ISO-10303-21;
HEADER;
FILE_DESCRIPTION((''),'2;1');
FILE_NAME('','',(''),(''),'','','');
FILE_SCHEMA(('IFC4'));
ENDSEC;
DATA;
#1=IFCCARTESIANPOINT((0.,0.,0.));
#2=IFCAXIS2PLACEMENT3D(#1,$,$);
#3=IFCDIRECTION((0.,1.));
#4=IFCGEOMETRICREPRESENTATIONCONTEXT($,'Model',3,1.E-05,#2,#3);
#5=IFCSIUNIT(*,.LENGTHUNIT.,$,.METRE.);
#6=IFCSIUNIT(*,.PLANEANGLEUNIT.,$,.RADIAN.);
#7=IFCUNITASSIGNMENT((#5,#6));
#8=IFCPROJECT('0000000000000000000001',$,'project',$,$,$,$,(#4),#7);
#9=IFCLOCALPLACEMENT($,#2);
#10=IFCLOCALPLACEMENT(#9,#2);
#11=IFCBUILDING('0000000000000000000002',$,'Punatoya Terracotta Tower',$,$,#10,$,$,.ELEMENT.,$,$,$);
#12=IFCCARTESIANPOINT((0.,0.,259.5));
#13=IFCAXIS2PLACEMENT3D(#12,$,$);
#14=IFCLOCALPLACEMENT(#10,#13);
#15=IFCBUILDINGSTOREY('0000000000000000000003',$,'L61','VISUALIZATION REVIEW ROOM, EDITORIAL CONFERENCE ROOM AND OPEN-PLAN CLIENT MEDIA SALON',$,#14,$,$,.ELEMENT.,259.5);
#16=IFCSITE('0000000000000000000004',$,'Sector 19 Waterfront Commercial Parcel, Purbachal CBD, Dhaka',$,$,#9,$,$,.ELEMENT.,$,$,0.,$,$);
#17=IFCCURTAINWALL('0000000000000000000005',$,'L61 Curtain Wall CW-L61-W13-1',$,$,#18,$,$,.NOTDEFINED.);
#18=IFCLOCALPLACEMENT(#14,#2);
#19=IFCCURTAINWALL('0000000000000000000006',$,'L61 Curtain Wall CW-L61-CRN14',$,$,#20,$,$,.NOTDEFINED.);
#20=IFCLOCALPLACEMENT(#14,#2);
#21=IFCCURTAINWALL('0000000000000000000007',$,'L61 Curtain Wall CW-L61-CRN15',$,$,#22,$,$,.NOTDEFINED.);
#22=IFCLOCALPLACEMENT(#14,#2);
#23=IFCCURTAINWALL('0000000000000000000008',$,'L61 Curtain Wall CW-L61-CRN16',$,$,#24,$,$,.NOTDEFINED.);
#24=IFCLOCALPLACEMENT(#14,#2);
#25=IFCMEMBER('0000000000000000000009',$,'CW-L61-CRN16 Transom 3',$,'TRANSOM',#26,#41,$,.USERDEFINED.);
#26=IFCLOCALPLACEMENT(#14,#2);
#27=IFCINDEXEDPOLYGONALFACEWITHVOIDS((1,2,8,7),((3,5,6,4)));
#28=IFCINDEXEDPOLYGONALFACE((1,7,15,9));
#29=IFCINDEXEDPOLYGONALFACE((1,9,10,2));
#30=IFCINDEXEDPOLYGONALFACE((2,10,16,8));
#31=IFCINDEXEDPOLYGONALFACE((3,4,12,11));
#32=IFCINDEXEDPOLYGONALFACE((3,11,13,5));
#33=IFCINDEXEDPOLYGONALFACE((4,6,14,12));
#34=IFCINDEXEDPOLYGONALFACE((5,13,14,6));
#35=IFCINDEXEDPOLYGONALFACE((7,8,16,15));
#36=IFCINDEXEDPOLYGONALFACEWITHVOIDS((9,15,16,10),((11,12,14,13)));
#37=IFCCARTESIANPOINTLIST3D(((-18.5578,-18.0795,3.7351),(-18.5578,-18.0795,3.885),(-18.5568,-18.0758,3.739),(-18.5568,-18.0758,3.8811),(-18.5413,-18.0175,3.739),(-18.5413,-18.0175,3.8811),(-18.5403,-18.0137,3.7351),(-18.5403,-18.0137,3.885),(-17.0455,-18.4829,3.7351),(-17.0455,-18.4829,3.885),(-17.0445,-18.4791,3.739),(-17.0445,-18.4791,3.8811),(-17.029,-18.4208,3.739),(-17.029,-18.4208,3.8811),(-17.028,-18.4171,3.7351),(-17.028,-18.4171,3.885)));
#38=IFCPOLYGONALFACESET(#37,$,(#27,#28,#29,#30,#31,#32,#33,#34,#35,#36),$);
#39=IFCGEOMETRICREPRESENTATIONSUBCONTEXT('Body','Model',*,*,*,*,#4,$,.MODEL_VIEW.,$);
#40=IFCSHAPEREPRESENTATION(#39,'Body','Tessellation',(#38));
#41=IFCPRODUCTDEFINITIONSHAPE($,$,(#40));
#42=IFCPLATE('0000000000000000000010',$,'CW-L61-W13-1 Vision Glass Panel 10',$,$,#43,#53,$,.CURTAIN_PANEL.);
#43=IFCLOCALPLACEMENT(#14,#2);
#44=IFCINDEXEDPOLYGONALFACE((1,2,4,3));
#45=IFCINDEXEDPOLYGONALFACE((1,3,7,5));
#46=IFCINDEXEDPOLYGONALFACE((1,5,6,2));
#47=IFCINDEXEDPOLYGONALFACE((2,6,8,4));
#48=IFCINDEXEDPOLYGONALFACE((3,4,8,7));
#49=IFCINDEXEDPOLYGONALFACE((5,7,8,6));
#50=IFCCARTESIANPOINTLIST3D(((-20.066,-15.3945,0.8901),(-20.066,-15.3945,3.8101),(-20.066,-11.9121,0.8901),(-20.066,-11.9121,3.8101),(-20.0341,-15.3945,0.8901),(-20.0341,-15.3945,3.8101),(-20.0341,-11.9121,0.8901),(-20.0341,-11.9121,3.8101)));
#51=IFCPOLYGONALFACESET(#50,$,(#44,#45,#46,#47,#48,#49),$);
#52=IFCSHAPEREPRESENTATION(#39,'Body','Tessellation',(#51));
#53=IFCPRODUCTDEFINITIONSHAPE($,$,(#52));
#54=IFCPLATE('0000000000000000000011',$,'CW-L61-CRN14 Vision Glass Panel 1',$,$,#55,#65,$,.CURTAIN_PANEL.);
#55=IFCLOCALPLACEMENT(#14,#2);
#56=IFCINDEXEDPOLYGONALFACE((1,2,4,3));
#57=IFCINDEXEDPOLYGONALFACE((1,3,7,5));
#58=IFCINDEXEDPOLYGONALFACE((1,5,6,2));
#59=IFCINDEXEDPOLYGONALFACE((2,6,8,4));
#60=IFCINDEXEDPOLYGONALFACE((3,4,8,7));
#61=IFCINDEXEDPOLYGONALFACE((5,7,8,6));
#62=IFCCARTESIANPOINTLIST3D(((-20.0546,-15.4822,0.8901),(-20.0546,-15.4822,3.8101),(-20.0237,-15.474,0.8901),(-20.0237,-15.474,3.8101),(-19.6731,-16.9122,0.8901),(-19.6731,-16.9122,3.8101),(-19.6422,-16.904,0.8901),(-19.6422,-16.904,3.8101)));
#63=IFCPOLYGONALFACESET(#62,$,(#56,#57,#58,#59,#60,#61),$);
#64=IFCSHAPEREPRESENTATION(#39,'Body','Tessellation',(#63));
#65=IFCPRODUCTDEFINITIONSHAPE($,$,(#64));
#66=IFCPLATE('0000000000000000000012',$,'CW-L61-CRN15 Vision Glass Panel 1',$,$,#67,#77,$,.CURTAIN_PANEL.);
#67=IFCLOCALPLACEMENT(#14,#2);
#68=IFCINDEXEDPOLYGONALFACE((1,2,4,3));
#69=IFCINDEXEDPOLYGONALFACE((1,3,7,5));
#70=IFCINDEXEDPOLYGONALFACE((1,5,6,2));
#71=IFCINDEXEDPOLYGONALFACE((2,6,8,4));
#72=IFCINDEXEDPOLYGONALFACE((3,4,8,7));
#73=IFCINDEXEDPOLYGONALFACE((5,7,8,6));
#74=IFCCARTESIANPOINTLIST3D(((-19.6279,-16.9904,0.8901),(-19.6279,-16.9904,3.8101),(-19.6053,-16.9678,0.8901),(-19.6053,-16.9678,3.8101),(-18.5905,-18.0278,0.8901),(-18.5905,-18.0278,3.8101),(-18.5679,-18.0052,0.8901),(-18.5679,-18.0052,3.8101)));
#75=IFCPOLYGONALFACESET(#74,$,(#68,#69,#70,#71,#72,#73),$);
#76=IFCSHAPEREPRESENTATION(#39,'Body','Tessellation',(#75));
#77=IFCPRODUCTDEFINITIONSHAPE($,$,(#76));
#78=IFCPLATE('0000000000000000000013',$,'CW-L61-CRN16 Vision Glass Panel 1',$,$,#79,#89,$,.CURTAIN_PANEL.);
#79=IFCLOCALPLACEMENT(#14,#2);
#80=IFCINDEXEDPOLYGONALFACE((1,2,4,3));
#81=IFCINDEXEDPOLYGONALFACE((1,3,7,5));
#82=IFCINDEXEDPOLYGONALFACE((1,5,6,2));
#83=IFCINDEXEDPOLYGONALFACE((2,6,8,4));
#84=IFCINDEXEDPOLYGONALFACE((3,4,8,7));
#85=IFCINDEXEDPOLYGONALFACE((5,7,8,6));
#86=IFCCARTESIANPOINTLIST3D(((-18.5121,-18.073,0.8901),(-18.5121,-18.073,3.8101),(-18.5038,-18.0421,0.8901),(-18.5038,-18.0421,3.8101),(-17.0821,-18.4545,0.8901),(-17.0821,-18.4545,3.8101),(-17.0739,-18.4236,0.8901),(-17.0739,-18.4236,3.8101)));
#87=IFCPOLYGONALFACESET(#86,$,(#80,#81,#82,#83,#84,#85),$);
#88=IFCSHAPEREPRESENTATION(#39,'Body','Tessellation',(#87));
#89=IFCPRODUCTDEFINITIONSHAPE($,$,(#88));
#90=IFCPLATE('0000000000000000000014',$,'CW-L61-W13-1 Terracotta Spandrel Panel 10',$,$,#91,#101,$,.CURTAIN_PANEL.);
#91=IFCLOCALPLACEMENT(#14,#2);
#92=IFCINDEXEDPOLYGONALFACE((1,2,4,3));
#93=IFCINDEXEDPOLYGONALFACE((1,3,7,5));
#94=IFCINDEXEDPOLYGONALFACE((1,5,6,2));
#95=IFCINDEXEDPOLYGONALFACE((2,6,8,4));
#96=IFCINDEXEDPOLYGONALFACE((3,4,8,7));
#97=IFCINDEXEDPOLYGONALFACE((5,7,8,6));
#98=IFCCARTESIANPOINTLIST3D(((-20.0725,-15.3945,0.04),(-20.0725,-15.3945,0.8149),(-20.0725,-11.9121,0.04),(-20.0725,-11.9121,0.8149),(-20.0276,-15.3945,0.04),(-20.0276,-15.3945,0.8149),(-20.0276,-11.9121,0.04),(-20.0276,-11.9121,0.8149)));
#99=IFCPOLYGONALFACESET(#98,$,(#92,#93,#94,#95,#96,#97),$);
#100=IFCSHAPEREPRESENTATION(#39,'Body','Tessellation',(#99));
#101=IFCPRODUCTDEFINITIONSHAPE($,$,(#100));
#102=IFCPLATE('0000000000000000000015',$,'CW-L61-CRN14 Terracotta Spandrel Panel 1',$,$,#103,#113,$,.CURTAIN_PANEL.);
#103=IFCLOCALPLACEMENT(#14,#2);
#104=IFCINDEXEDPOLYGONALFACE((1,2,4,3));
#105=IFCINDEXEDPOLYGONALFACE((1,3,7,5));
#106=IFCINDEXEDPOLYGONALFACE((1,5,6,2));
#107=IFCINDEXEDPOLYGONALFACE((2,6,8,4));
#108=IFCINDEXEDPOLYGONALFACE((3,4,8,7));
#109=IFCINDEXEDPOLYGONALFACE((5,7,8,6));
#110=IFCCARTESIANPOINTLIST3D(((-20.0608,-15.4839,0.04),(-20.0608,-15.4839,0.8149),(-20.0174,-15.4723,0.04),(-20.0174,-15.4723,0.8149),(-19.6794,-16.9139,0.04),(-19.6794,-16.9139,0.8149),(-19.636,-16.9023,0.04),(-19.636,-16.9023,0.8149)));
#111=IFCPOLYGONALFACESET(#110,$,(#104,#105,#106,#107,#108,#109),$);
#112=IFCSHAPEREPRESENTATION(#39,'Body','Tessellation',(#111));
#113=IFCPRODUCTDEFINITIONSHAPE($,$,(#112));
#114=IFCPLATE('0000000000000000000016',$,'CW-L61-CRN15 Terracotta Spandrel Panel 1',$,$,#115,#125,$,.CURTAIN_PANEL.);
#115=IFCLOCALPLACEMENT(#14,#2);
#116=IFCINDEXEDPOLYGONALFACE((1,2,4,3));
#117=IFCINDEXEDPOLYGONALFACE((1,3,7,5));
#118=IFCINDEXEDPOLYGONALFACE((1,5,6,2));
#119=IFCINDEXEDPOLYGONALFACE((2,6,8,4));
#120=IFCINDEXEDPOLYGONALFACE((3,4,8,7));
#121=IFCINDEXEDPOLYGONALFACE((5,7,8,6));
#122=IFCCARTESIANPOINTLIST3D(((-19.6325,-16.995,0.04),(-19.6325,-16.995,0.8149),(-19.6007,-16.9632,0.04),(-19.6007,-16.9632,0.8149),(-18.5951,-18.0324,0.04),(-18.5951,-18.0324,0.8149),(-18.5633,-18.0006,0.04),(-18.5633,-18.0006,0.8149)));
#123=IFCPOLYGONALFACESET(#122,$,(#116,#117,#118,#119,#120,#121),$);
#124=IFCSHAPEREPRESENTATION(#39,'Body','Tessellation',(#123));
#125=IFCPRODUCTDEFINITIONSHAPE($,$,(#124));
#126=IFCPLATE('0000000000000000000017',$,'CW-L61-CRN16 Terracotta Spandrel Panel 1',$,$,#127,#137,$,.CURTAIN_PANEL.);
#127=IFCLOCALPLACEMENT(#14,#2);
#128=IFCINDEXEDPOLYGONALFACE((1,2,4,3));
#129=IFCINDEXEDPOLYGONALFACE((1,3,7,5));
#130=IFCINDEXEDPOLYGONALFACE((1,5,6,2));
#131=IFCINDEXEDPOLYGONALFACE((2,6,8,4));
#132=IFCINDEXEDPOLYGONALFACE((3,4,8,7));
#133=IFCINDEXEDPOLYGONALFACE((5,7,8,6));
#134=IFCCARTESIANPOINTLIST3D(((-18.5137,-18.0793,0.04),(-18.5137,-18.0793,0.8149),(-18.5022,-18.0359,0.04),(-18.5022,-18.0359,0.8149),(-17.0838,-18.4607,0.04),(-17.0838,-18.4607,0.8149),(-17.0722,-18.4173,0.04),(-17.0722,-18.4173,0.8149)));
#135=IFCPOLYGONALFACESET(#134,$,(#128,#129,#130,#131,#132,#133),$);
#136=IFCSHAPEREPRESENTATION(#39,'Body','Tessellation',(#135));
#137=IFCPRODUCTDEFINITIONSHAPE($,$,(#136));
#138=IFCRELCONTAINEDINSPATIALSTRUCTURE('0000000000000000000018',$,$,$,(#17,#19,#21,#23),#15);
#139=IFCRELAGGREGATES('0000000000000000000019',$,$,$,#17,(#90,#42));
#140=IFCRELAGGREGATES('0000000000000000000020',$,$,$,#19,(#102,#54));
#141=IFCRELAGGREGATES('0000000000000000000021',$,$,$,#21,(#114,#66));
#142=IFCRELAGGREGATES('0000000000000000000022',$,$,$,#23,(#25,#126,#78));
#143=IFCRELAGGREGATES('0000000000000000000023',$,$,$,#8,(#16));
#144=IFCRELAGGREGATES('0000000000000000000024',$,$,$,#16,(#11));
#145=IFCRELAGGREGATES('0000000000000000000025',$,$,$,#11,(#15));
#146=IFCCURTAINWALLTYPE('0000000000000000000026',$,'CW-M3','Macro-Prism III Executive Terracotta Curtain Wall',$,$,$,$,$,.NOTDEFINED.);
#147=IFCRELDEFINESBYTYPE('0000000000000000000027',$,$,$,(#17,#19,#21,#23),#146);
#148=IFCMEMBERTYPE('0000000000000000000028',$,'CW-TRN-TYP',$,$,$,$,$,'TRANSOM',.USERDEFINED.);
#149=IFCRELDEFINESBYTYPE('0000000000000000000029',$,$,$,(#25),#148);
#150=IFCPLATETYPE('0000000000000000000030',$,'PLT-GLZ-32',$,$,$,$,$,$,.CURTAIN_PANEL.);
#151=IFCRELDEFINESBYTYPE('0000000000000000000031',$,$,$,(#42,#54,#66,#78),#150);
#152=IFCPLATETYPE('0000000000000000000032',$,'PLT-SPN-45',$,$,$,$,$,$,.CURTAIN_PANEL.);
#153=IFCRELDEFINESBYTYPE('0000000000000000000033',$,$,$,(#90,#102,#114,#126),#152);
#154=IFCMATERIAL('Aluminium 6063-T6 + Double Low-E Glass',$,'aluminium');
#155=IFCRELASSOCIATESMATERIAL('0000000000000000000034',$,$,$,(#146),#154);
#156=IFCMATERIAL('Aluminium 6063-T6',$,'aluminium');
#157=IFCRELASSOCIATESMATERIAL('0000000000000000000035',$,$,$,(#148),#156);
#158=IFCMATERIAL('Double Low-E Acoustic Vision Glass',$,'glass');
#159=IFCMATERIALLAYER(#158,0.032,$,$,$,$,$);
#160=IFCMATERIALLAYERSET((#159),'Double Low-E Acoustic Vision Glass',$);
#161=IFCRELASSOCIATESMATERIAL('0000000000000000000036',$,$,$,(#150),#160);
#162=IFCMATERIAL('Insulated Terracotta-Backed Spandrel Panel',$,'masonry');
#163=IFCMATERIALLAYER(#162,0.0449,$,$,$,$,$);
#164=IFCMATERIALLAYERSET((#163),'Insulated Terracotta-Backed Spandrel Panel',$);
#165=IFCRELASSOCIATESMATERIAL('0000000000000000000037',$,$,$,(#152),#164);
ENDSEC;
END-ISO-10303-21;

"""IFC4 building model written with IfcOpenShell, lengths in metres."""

from ifc_helpers import new_model, si_unit, direction, frame, origin, origin_2d, place, context, subcontext, project, spatial, rectangle, hollow_rectangle, extrude, material, layer, layer_set, material_profile, profile_set, type_object, element, aggregate, save


model = new_model("IFC4")

# Units and contexts
model_context = context("Model", 3, precision=1e-05, world=origin(), true_north=direction((0.0, 1.0)))
body_context = subcontext(model_context, "Body", "Model", "MODEL_VIEW")
ifc_project = project(units=[si_unit("LENGTHUNIT", "METRE"), si_unit("PLANEANGLEUNIT", "RADIAN")], contexts=[model_context])

# Site, building, storey
site_placement = place(None, origin())
site = spatial("IfcSite", under=ifc_project, at=site_placement, Name="Sector 19 Waterfront Commercial Parcel, Purbachal CBD, Dhaka", CompositionType="ELEMENT", RefElevation=0.0)
building_placement = place(site_placement, origin())
building = spatial("IfcBuilding", under=site, at=building_placement, Name="Punatoya Terracotta Tower", CompositionType="ELEMENT")
storey_placement = place(building_placement, frame((0.0, 0.0, 259.5)))
storey = spatial("IfcBuildingStorey", under=building, at=storey_placement, Name="L61", Description="VISUALIZATION REVIEW ROOM, EDITORIAL CONFERENCE ROOM AND OPEN-PLAN CLIENT MEDIA SALON", CompositionType="ELEMENT", Elevation=259.5)

# Curtain wall
ifc_material_1 = material(Name="Aluminium 6063-T6 + Double Low-E Glass", Category="aluminium")
curtain_wall_type = type_object("IfcCurtainWallType", Name="CW-M3", Description="Macro-Prism III Executive Terracotta Curtain Wall", PredefinedType="NOTDEFINED", material=ifc_material_1)
curtain_wall_1_placement = place(storey_placement, origin())
curtain_wall_1 = element("IfcCurtainWall", 1, at=curtain_wall_1_placement, inside=storey, type_object=curtain_wall_type, Name="L61 Curtain Wall CW-L61-W13-1", PredefinedType="NOTDEFINED")
ifc_material_2 = material(Name="Aluminium 6063-T6", Category="aluminium")

# Curtain walls
curtain_wall_2_placement = place(storey_placement, origin())
curtain_wall_2 = element("IfcCurtainWall", 2, at=curtain_wall_2_placement, inside=storey, type_object=curtain_wall_type, Name="L61 Curtain Wall CW-L61-CRN14", PredefinedType="NOTDEFINED")
curtain_wall_3_placement = place(storey_placement, origin())
curtain_wall_3 = element("IfcCurtainWall", 3, at=curtain_wall_3_placement, inside=storey, type_object=curtain_wall_type, Name="L61 Curtain Wall CW-L61-CRN15", PredefinedType="NOTDEFINED")
curtain_wall_4_placement = place(storey_placement, origin())
curtain_wall_4 = element("IfcCurtainWall", 4, at=curtain_wall_4_placement, inside=storey, type_object=curtain_wall_type, Name="L61 Curtain Wall CW-L61-CRN16", PredefinedType="NOTDEFINED")

# Member
ifc_material_profile_1 = material_profile(ifc_material_2, hollow_rectangle(XDim=0.0681, YDim=0.1499, WallThickness=0.0039, at=origin_2d()))
ifc_profile_set_1 = profile_set([ifc_material_profile_1], Name="Aluminium 6063-T6")
member_type_1 = type_object("IfcMemberType", Name="CW-TRN-TYP", ElementType="TRANSOM", PredefinedType="USERDEFINED", material=ifc_profile_set_1)
member_1_placement = place(storey_placement, frame((-18.5491, -18.0466, 3.8101), z_axis=(0.966225, -0.257701, 0.0), x_axis=(0.257701, 0.966225, 0.0)))
member_1 = element("IfcMember", 5, at=member_1_placement, type_object=member_type_1, Name="CW-L61-CRN16 Transom 3", ObjectType="TRANSOM", PredefinedType="USERDEFINED", context=body_context, shape_type="SweptSolid", body=[
    extrude(hollow_rectangle(XDim=0.0681, YDim=0.1499, WallThickness=0.0039, at=origin_2d()), origin(), (0.0, 0.0, 1.0), 1.5652),
])

# Plates
ifc_material_3 = material(Name="Double Low-E Acoustic Vision Glass", Category="glass")
ifc_layer_1 = layer(ifc_material_3, 0.032)
ifc_layer_set_1 = layer_set([ifc_layer_1], Name="Double Low-E Acoustic Vision Glass")
plate_type_1 = type_object("IfcPlateType", Name="PLT-GLZ-32", PredefinedType="CURTAIN_PANEL", material=ifc_layer_set_1)
plate_1_placement = place(storey_placement, frame((-20.05, -13.6533, 0.8901), z_axis=(0.0, 0.0, 1.0), x_axis=(0.0, -1.0, 0.0)))
plate_1 = element("IfcPlate", 6, at=plate_1_placement, type_object=plate_type_1, Name="CW-L61-W13-1 Vision Glass Panel 10", PredefinedType="CURTAIN_PANEL", context=body_context, shape_type="SweptSolid", body=[
    extrude(rectangle(XDim=3.4824, YDim=0.032, at=origin_2d()), origin(), (0.0, 0.0, 1.0), 2.9199),
])
plate_2_placement = place(storey_placement, frame((-19.8484, -16.1931, 0.8901), z_axis=(0.0, 0.0, 1.0), x_axis=(0.257742, -0.966214, 0.0)))
plate_2 = element("IfcPlate", 7, at=plate_2_placement, type_object=plate_type_1, Name="CW-L61-CRN14 Vision Glass Panel 1", PredefinedType="CURTAIN_PANEL", context=body_context, shape_type="SweptSolid", body=[
    extrude(rectangle(XDim=1.48, YDim=0.032, at=origin_2d()), origin(), (0.0, 0.0, 1.0), 2.9199),
])
plate_3_placement = place(storey_placement, frame((-19.0979, -17.4978, 0.8901), z_axis=(0.0, 0.0, 1.0), x_axis=(0.707107, -0.707107, 0.0)))
plate_3 = element("IfcPlate", 8, at=plate_3_placement, type_object=plate_type_1, Name="CW-L61-CRN15 Vision Glass Panel 1", PredefinedType="CURTAIN_PANEL", context=body_context, shape_type="SweptSolid", body=[
    extrude(rectangle(XDim=1.467, YDim=0.032, at=origin_2d()), origin(), (0.0, 0.0, 1.0), 2.9199),
])
plate_4_placement = place(storey_placement, frame((-17.793, -18.2483, 0.8901), z_axis=(0.0, 0.0, 1.0), x_axis=(0.966214, -0.257742, 0.0)))
plate_4 = element("IfcPlate", 9, at=plate_4_placement, type_object=plate_type_1, Name="CW-L61-CRN16 Vision Glass Panel 1", PredefinedType="CURTAIN_PANEL", context=body_context, shape_type="SweptSolid", body=[
    extrude(rectangle(XDim=1.48, YDim=0.032, at=origin_2d()), origin(), (0.0, 0.0, 1.0), 2.9199),
])
ifc_material_4 = material(Name="Insulated Terracotta-Backed Spandrel Panel", Category="masonry")
ifc_layer_2 = layer(ifc_material_4, 0.0449)
ifc_layer_set_2 = layer_set([ifc_layer_2], Name="Insulated Terracotta-Backed Spandrel Panel")
plate_type_2 = type_object("IfcPlateType", Name="PLT-SPN-45", PredefinedType="CURTAIN_PANEL", material=ifc_layer_set_2)
plate_5_placement = place(storey_placement, frame((-20.05, -13.6533, 0.04), z_axis=(0.0, 0.0, 1.0), x_axis=(0.0, -1.0, 0.0)))
plate_5 = element("IfcPlate", 10, at=plate_5_placement, type_object=plate_type_2, Name="CW-L61-W13-1 Terracotta Spandrel Panel 10", PredefinedType="CURTAIN_PANEL", context=body_context, shape_type="SweptSolid", body=[
    extrude(rectangle(XDim=3.4824, YDim=0.0449, at=origin_2d()), origin(), (0.0, 0.0, 1.0), 0.7749),
])
aggregate(curtain_wall_1, [plate_5, plate_1])
plate_6_placement = place(storey_placement, frame((-19.8484, -16.1931, 0.04), z_axis=(0.0, 0.0, 1.0), x_axis=(0.257742, -0.966214, 0.0)))
plate_6 = element("IfcPlate", 11, at=plate_6_placement, type_object=plate_type_2, Name="CW-L61-CRN14 Terracotta Spandrel Panel 1", PredefinedType="CURTAIN_PANEL", context=body_context, shape_type="SweptSolid", body=[
    extrude(rectangle(XDim=1.48, YDim=0.0449, at=origin_2d()), origin(), (0.0, 0.0, 1.0), 0.7749),
])
aggregate(curtain_wall_2, [plate_6, plate_2])
plate_7_placement = place(storey_placement, frame((-19.0979, -17.4978, 0.04), z_axis=(0.0, 0.0, 1.0), x_axis=(0.707107, -0.707107, 0.0)))
plate_7 = element("IfcPlate", 12, at=plate_7_placement, type_object=plate_type_2, Name="CW-L61-CRN15 Terracotta Spandrel Panel 1", PredefinedType="CURTAIN_PANEL", context=body_context, shape_type="SweptSolid", body=[
    extrude(rectangle(XDim=1.467, YDim=0.0449, at=origin_2d()), origin(), (0.0, 0.0, 1.0), 0.7749),
])
aggregate(curtain_wall_3, [plate_7, plate_3])
plate_8_placement = place(storey_placement, frame((-17.793, -18.2483, 0.04), z_axis=(0.0, 0.0, 1.0), x_axis=(0.966214, -0.257742, 0.0)))
plate_8 = element("IfcPlate", 13, at=plate_8_placement, type_object=plate_type_2, Name="CW-L61-CRN16 Terracotta Spandrel Panel 1", PredefinedType="CURTAIN_PANEL", context=body_context, shape_type="SweptSolid", body=[
    extrude(rectangle(XDim=1.48, YDim=0.0449, at=origin_2d()), origin(), (0.0, 0.0, 1.0), 0.7749),
])
aggregate(curtain_wall_4, [member_1, plate_8, plate_4])

save(model, "model.ifc")
